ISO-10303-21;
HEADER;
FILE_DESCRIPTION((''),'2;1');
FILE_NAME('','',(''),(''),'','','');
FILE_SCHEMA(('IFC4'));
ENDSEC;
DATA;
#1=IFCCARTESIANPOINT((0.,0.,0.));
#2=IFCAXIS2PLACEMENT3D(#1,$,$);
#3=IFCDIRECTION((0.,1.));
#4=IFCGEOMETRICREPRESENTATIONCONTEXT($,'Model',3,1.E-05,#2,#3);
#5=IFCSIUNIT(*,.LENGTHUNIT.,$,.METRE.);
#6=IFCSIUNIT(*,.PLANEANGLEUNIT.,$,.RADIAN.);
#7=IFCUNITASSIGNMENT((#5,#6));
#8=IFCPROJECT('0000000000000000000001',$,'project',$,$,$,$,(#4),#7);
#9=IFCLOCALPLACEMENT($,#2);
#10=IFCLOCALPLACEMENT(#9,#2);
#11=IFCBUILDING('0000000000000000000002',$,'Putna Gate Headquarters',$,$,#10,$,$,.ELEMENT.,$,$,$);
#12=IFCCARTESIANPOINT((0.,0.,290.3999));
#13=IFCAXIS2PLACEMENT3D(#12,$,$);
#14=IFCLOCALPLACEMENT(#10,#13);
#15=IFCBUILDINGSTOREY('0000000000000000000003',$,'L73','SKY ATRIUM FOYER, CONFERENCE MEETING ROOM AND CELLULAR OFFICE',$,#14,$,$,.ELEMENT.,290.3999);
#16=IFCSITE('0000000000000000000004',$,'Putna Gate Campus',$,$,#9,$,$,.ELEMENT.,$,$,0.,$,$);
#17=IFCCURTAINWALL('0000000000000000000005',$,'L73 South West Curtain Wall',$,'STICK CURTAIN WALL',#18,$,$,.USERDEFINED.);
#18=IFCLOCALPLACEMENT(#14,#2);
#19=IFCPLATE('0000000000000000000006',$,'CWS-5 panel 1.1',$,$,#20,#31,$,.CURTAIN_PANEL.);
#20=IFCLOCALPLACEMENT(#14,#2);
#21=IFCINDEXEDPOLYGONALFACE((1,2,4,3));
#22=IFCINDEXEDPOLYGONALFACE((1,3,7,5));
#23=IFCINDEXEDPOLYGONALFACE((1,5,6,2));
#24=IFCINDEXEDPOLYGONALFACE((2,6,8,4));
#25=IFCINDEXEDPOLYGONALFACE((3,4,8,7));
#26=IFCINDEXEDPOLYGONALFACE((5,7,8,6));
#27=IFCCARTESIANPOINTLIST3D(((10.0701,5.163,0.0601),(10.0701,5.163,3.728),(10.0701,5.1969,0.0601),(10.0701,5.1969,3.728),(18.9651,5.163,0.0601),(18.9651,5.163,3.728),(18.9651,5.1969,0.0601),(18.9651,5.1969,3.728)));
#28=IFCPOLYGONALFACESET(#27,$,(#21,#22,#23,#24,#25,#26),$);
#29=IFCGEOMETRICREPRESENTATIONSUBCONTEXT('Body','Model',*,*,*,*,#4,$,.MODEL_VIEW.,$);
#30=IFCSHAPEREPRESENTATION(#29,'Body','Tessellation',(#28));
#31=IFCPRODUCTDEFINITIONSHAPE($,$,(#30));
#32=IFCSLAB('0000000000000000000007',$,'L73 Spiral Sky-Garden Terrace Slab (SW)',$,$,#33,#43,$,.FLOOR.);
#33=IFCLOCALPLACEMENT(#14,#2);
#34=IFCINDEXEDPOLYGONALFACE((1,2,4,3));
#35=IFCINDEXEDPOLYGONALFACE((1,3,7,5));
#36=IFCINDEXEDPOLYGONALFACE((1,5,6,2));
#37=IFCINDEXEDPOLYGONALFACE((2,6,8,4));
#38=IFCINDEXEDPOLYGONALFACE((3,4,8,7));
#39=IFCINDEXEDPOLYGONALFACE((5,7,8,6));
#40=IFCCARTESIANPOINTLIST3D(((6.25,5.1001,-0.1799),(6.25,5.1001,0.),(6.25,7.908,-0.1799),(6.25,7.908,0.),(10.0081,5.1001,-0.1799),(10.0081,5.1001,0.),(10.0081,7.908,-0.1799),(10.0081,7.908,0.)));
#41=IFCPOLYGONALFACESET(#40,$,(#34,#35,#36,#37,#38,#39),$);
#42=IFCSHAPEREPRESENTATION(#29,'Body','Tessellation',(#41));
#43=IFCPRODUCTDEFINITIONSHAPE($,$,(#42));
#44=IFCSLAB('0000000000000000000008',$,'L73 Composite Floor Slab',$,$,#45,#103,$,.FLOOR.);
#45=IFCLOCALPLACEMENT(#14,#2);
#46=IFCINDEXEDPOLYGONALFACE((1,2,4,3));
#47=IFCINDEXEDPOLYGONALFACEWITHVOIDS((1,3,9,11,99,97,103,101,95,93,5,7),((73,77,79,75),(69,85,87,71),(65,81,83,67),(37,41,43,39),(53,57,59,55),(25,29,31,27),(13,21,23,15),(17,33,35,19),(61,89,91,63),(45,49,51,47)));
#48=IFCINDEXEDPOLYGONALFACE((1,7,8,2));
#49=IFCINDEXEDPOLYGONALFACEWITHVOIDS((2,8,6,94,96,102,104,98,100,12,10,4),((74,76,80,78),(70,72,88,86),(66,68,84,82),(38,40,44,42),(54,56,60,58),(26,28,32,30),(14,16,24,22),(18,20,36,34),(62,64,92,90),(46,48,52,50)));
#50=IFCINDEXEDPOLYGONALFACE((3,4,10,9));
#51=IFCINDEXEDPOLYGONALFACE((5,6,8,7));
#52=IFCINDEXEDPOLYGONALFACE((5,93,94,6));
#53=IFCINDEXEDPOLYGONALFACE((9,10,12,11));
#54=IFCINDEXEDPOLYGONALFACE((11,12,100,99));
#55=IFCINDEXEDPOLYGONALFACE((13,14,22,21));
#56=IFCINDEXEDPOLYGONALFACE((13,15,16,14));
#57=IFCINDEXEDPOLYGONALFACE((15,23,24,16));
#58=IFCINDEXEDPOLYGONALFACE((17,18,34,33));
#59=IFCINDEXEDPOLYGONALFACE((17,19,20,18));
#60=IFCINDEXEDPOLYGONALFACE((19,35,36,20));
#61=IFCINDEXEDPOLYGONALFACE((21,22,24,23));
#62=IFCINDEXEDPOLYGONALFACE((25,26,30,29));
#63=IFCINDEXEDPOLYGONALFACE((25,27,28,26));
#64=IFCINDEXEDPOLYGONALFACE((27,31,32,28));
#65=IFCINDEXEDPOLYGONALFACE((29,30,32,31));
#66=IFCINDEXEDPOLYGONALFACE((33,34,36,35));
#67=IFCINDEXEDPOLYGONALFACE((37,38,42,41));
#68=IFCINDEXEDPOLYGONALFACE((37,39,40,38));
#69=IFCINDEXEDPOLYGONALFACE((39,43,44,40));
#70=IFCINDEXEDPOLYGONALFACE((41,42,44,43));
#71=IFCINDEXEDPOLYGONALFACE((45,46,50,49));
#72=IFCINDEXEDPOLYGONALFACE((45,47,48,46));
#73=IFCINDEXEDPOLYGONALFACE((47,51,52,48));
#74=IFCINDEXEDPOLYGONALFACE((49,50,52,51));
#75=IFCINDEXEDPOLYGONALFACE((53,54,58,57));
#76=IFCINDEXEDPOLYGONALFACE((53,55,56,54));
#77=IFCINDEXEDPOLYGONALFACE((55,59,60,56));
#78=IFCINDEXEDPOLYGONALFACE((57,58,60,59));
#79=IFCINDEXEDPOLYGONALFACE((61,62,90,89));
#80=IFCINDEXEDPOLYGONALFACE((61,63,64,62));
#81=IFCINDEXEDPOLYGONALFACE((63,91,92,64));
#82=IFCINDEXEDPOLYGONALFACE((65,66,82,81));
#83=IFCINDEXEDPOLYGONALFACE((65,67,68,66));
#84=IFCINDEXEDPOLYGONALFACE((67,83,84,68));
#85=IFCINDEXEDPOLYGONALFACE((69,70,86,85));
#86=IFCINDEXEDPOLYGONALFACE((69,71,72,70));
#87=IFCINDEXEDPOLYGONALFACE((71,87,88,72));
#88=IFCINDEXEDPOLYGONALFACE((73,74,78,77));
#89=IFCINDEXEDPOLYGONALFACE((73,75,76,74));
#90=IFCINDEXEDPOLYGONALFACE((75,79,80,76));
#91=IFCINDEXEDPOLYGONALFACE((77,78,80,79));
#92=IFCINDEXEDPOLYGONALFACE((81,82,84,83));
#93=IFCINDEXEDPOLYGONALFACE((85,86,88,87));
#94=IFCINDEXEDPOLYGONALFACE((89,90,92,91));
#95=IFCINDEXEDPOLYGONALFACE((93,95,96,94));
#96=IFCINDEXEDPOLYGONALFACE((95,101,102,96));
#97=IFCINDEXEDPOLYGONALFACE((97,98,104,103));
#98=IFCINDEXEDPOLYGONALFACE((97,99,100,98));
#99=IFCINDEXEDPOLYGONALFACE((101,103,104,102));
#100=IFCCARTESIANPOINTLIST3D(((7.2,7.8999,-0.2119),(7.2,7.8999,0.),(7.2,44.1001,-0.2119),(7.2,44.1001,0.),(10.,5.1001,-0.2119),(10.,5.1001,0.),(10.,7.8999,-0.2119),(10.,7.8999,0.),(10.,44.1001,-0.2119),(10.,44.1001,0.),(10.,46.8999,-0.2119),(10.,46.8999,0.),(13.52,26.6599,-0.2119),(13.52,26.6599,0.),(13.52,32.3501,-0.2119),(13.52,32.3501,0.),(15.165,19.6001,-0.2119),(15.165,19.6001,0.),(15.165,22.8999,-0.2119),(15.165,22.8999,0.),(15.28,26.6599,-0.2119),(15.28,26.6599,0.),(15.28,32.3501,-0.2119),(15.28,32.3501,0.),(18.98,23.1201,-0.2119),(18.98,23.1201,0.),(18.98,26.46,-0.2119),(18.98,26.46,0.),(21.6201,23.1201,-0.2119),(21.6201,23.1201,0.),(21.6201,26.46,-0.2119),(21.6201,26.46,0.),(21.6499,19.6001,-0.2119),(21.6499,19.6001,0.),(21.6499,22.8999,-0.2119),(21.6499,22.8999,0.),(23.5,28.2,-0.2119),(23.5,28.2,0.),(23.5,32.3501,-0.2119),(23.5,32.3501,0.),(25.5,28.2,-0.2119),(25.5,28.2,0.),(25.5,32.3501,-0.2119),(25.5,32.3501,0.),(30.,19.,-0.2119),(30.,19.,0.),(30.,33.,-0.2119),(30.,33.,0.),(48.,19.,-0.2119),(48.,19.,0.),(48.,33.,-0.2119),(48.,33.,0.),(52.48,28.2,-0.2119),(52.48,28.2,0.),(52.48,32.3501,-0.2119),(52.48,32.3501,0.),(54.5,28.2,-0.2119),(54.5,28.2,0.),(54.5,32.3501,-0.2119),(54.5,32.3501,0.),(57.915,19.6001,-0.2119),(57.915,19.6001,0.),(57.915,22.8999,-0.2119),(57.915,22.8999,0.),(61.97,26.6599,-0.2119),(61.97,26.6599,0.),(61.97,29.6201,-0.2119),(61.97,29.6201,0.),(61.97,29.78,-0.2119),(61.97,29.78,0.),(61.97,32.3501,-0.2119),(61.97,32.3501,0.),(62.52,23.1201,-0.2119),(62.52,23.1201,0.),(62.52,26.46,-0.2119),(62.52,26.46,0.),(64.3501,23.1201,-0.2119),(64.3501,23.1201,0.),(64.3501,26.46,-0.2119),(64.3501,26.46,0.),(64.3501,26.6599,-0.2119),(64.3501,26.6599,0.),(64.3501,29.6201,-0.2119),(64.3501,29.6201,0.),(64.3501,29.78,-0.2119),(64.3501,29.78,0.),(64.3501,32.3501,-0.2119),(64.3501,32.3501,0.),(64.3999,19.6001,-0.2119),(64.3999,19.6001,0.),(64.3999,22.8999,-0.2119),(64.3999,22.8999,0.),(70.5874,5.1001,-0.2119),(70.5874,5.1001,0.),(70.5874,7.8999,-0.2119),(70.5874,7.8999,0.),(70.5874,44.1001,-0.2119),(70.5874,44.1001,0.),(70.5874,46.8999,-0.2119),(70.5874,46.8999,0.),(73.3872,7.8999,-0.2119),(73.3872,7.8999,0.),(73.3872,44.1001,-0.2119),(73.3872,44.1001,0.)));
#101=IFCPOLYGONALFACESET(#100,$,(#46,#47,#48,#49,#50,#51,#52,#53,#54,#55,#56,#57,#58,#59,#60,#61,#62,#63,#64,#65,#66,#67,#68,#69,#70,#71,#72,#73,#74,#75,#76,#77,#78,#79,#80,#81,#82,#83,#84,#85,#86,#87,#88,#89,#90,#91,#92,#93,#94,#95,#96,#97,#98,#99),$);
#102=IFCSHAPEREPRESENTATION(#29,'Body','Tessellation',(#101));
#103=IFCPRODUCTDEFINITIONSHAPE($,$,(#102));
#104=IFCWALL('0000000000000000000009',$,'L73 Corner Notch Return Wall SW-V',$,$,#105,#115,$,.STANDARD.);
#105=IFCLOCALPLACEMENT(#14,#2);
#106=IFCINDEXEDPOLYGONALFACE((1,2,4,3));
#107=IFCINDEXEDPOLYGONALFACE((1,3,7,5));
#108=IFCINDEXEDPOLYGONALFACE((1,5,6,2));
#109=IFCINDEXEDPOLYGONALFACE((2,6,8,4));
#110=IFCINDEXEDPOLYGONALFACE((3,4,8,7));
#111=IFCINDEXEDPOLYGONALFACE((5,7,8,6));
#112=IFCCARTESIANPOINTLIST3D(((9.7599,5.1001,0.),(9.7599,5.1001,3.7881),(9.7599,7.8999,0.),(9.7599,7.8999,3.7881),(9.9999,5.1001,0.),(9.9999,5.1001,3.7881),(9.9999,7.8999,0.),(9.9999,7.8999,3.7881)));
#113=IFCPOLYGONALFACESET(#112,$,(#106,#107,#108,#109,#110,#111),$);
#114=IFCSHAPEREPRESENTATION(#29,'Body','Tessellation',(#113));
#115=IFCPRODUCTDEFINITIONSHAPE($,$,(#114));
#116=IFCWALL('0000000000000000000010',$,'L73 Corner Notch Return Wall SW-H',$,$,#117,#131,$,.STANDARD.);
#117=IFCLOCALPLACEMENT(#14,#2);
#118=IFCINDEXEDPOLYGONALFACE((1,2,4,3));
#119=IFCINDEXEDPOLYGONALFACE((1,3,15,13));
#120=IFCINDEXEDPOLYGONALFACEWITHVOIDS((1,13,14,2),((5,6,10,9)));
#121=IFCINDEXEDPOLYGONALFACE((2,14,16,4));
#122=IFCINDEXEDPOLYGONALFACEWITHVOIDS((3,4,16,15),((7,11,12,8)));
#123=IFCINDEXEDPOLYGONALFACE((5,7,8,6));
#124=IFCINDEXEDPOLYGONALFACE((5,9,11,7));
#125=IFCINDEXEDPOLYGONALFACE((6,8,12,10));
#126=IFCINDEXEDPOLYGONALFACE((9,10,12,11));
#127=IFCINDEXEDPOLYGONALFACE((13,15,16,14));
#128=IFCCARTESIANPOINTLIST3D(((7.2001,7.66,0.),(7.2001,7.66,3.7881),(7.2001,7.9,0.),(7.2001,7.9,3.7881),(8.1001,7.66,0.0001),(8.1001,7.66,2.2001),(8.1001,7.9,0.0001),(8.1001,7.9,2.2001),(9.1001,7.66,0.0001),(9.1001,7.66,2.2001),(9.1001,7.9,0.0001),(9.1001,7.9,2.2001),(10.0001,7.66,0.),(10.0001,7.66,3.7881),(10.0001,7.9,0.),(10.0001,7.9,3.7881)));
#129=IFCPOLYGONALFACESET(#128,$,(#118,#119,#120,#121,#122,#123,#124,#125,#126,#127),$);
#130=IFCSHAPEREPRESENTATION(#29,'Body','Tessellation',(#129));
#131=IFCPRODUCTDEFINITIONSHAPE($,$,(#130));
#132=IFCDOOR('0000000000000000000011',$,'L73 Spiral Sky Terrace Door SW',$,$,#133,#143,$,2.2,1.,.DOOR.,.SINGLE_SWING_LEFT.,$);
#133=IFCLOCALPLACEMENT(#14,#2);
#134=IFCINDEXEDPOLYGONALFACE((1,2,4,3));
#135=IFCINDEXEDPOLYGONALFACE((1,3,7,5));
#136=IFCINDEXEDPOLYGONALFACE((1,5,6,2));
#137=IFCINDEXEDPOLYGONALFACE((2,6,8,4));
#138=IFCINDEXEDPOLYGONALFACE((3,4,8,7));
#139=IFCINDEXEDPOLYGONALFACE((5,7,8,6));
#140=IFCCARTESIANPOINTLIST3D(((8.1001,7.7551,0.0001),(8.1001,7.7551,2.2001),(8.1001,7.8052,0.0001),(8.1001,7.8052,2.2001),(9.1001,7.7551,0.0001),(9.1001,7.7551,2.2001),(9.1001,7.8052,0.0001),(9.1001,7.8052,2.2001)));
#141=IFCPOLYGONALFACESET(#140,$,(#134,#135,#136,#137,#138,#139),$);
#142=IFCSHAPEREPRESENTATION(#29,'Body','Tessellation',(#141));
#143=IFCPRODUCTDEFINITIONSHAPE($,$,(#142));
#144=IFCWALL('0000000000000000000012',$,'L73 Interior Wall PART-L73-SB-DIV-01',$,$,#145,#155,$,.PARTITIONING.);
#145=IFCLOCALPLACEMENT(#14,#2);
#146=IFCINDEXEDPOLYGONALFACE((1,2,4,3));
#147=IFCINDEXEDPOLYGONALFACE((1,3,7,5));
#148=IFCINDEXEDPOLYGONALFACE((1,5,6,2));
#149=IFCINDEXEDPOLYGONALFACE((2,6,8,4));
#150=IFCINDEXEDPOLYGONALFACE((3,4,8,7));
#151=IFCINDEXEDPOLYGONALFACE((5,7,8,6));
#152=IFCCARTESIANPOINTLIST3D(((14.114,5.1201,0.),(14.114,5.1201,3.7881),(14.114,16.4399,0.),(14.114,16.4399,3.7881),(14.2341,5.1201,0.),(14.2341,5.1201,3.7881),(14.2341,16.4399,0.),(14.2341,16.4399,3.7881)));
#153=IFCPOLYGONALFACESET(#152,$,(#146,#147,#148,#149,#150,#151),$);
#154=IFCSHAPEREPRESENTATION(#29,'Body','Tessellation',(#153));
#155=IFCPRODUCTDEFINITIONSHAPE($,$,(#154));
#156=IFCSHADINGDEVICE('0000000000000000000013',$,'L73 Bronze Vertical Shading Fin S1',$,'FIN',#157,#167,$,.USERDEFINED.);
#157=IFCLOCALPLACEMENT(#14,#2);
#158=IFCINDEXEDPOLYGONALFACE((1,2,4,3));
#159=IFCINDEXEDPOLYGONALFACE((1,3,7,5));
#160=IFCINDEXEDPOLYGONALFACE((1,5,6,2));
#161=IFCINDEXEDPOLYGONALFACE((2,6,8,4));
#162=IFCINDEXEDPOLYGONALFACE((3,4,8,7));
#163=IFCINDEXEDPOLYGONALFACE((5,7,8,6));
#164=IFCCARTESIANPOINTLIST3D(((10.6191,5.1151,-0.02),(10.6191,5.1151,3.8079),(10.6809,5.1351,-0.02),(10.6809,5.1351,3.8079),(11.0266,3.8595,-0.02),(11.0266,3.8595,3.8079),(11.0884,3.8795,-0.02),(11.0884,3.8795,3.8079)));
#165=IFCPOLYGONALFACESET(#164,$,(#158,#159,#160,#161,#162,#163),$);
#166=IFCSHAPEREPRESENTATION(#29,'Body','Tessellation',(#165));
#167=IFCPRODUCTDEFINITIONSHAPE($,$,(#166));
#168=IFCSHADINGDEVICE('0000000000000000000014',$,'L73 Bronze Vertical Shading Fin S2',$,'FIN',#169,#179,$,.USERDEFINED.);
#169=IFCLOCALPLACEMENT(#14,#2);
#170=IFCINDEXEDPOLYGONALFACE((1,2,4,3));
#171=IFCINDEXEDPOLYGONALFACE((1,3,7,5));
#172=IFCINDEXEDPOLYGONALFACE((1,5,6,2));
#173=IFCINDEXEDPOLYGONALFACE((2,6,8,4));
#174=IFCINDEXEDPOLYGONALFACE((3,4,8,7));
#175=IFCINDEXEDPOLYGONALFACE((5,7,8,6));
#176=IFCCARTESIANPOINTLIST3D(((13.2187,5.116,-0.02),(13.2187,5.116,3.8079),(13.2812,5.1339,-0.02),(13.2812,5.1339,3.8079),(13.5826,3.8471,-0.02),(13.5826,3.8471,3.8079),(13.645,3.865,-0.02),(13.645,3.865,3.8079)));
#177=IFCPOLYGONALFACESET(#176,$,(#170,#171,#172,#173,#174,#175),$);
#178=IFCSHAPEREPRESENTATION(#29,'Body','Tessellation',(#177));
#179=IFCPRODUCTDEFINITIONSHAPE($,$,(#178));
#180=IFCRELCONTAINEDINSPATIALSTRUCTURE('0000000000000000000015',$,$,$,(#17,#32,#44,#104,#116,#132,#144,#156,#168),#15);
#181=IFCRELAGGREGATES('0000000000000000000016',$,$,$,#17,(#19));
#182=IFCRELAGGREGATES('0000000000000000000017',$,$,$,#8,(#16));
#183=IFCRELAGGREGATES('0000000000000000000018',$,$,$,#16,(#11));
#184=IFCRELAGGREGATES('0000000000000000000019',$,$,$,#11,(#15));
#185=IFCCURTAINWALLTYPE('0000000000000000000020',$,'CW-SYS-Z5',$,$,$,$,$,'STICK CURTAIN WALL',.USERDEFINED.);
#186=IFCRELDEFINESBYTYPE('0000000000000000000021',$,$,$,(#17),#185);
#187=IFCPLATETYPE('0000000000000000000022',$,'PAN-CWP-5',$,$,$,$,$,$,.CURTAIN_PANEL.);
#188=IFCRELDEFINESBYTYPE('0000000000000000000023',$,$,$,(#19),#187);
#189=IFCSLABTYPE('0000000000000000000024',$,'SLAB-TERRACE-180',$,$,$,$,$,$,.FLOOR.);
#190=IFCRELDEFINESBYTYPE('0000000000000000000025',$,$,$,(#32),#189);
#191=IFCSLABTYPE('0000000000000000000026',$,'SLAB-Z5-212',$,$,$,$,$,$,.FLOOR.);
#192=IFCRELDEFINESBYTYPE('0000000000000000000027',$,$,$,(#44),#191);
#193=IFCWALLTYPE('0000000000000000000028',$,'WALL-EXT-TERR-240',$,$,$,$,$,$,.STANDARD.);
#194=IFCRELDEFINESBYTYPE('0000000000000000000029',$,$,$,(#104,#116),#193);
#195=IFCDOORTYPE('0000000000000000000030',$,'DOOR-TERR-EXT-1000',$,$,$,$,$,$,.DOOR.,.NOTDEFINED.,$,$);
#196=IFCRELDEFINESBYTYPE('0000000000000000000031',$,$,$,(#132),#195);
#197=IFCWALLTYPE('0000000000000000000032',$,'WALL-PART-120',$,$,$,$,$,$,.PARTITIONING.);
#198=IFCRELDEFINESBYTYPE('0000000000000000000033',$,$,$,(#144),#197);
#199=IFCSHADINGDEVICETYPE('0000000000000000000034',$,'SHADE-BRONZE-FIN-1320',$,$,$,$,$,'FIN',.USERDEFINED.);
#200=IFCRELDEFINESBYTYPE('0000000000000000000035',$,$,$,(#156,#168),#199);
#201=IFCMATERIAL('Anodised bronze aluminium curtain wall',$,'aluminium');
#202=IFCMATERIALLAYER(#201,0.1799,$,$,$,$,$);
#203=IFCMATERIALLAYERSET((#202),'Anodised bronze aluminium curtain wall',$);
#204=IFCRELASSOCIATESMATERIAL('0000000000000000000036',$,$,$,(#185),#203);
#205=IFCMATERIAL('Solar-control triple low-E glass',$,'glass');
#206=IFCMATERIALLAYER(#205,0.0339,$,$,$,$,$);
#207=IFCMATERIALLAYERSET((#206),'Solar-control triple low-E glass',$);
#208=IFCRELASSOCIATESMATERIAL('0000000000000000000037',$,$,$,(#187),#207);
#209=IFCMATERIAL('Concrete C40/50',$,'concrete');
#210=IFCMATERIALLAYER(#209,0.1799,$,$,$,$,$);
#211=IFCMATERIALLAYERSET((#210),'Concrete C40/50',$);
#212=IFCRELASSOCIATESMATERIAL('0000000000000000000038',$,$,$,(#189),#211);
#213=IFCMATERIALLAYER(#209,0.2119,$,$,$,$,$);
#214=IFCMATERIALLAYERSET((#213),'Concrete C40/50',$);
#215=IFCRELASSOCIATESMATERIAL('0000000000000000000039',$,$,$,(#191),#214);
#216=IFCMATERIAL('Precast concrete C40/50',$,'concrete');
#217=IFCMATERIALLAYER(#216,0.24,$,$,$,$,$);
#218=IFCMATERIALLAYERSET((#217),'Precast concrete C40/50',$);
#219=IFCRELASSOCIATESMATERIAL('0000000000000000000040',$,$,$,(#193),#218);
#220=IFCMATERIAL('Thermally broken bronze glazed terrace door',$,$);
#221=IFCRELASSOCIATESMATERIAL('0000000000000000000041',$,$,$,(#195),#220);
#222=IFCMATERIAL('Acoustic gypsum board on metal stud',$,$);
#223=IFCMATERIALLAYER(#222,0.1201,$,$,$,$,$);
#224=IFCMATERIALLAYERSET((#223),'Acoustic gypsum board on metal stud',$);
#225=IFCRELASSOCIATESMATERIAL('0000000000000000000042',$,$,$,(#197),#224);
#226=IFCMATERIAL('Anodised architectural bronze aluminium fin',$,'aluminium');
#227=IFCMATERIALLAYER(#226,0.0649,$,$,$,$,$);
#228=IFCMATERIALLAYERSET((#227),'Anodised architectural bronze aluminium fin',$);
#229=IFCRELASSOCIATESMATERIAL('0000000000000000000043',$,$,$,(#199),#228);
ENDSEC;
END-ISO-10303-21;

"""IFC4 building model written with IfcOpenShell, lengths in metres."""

from ifc_helpers import new_model, si_unit, direction, frame, frame_2d, origin, origin_2d, place, context, subcontext, project, spatial, polyline, rectangle, outline, extrude, material, layer, layer_set, type_object, element, fill, aggregate, save


model = new_model("IFC4")

# Units and contexts
model_context = context("Model", 3, precision=1e-05, world=origin(), true_north=direction((0.0, 1.0)))
body_context = subcontext(model_context, "Body", "Model", "MODEL_VIEW")
ifc_project = project(units=[si_unit("LENGTHUNIT", "METRE"), si_unit("PLANEANGLEUNIT", "RADIAN")], contexts=[model_context])

# Site, building, storey
site_placement = place(None, origin())
site = spatial("IfcSite", under=ifc_project, at=site_placement, Name="Putna Gate Campus", CompositionType="ELEMENT", RefElevation=0.0)
building_placement = place(site_placement, origin())
building = spatial("IfcBuilding", under=site, at=building_placement, Name="Putna Gate Headquarters", CompositionType="ELEMENT")
storey_placement = place(building_placement, frame((0.0, 0.0, 290.3999)))
storey = spatial("IfcBuildingStorey", under=building, at=storey_placement, Name="L73", Description="SKY ATRIUM FOYER, CONFERENCE MEETING ROOM AND CELLULAR OFFICE", CompositionType="ELEMENT", Elevation=290.3999)

# Curtain wall
ifc_material_1 = material(Name="Anodised bronze aluminium curtain wall", Category="aluminium")
ifc_layer_1 = layer(ifc_material_1, 0.1799)
ifc_layer_set_1 = layer_set([ifc_layer_1], Name="Anodised bronze aluminium curtain wall")
curtain_wall_type = type_object("IfcCurtainWallType", Name="CW-SYS-Z5", ElementType="STICK CURTAIN WALL", PredefinedType="USERDEFINED", material=ifc_layer_set_1)
curtain_wall_1_placement = place(storey_placement, origin())
curtain_wall_1 = element("IfcCurtainWall", 1, at=curtain_wall_1_placement, inside=storey, type_object=curtain_wall_type, Name="L73 South West Curtain Wall", ObjectType="STICK CURTAIN WALL", PredefinedType="USERDEFINED")

# Shared definitions
ifc_material_2 = material(Name="Concrete C40/50", Category="concrete")

# Plate
ifc_material_3 = material(Name="Solar-control triple low-E glass", Category="glass")
ifc_layer_2 = layer(ifc_material_3, 0.0339)
ifc_layer_set_2 = layer_set([ifc_layer_2], Name="Solar-control triple low-E glass")
plate_type = type_object("IfcPlateType", Name="PAN-CWP-5", PredefinedType="CURTAIN_PANEL", material=ifc_layer_set_2)
plate_placement = place(storey_placement, frame((14.5176, 5.1799, 0.0601), z_axis=(0.0, 0.0, 1.0), x_axis=(1.0, 0.0, 0.0)))
plate = element("IfcPlate", 2, at=plate_placement, type_object=plate_type, Name="CWS-5 panel 1.1", PredefinedType="CURTAIN_PANEL", context=body_context, shape_type="SweptSolid", body=[
    extrude(rectangle(XDim=8.895, YDim=0.0339, at=origin_2d()), origin(), (0.0, 0.0, 1.0), 3.668),
])
aggregate(curtain_wall_1, [plate])

# Slabs
ifc_layer_3 = layer(ifc_material_2, 0.1799)
ifc_layer_set_3 = layer_set([ifc_layer_3], Name="Concrete C40/50")
slab_type_1 = type_object("IfcSlabType", Name="SLAB-TERRACE-180", PredefinedType="FLOOR", material=ifc_layer_set_3)
slab_1_placement = place(storey_placement, frame((0.0, 0.0, -0.1799)))
element("IfcSlab", 3, at=slab_1_placement, inside=storey, type_object=slab_type_1, Name="L73 Spiral Sky-Garden Terrace Slab (SW)", PredefinedType="FLOOR", context=body_context, shape_type="SweptSolid", body=[
    extrude(outline(polyline([(6.25, 5.1001), (10.0081, 5.1001), (10.0081, 7.908), (6.25, 7.908), (6.25, 5.1001)])), origin(), (0.0, 0.0, 1.0), 0.1799),
])
ifc_layer_4 = layer(ifc_material_2, 0.2119)
ifc_layer_set_4 = layer_set([ifc_layer_4], Name="Concrete C40/50")
slab_type_2 = type_object("IfcSlabType", Name="SLAB-Z5-212", PredefinedType="FLOOR", material=ifc_layer_set_4)
slab_2_placement = place(storey_placement, frame((0.0, 0.0, -0.2119)))
element("IfcSlab", 4, at=slab_2_placement, inside=storey, type_object=slab_type_2, Name="L73 Composite Floor Slab", PredefinedType="FLOOR", context=body_context, shape_type="SweptSolid", body=[
    extrude(outline(polyline([(10.0, 5.1001), (70.5874, 5.1001), (70.5874, 7.8999), (73.3872, 7.8999), (73.3872, 44.1001), (70.5874, 44.1001), (70.5874, 46.8999), (10.0, 46.8999), (10.0, 44.1001), (7.2, 44.1001), (7.2, 7.8999), (10.0, 7.8999), (10.0, 5.1001)]), holes=[polyline([(15.165, 19.6001), (21.6499, 19.6001), (21.6499, 22.8999), (15.165, 22.8999), (15.165, 19.6001)]), polyline([(57.915, 19.6001), (64.3999, 19.6001), (64.3999, 22.8999), (57.915, 22.8999), (57.915, 19.6001)]), polyline([(13.52, 26.6599), (15.28, 26.6599), (15.28, 32.3501), (13.52, 32.3501), (13.52, 26.6599)]), polyline([(61.97, 29.78), (64.3501, 29.78), (64.3501, 32.3501), (61.97, 32.3501), (61.97, 29.78)]), polyline([(18.98, 23.1201), (21.6201, 23.1201), (21.6201, 26.46), (18.98, 26.46), (18.98, 23.1201)]), polyline([(62.52, 23.1201), (64.3501, 23.1201), (64.3501, 26.46), (62.52, 26.46), (62.52, 23.1201)]), polyline([(61.97, 26.6599), (64.3501, 26.6599), (64.3501, 29.6201), (61.97, 29.6201), (61.97, 26.6599)]), polyline([(23.5, 28.2), (25.5, 28.2), (25.5, 32.3501), (23.5, 32.3501), (23.5, 28.2)]), polyline([(52.48, 28.2), (54.5, 28.2), (54.5, 32.3501), (52.48, 32.3501), (52.48, 28.2)]), polyline([(30.0, 19.0), (48.0, 19.0), (48.0, 33.0), (30.0, 33.0), (30.0, 19.0)])]), origin(), (0.0, 0.0, 1.0), 0.2119),
])

# Wall
ifc_material_4 = material(Name="Precast concrete C40/50", Category="concrete")
ifc_layer_5 = layer(ifc_material_4, 0.24)
ifc_layer_set_5 = layer_set([ifc_layer_5], Name="Precast concrete C40/50")
wall_type_1 = type_object("IfcWallType", Name="WALL-EXT-TERR-240", PredefinedType="STANDARD", material=ifc_layer_set_5)
wall_1_placement = place(storey_placement, frame((9.8799, 5.1001, 0.0), z_axis=(0.0, 0.0, 1.0), x_axis=(0.0, 1.0, 0.0)))
element("IfcWall", 5, at=wall_1_placement, inside=storey, type_object=wall_type_1, Name="L73 Corner Notch Return Wall SW-V", PredefinedType="STANDARD", context=body_context, shape_type="SweptSolid", body=[
    extrude(rectangle(XDim=2.7998, YDim=0.24, at=frame_2d((1.3999, 0.0))), origin(), (0.0, 0.0, 1.0), 3.7881),
])

# Wall, opening, door
wall_2_placement = place(storey_placement, frame((10.0, 7.78, 0.0), z_axis=(0.0, 0.0, 1.0), x_axis=(-1.0, 0.0, 0.0)))
wall_2 = element("IfcWall", 6, at=wall_2_placement, inside=storey, type_object=wall_type_1, Name="L73 Corner Notch Return Wall SW-H", PredefinedType="STANDARD", context=body_context, shape_type="SweptSolid", body=[
    extrude(rectangle(XDim=2.8, YDim=0.24, at=frame_2d((1.3999, 0.0))), origin(), (0.0, 0.0, 1.0), 3.7881),
])
opening_placement = place(wall_2_placement, frame((0.8999, 0.0, 0.0)))
opening = element("IfcOpeningElement", 7, at=opening_placement, cuts=wall_2, PredefinedType="OPENING", context=body_context, shape_type="SweptSolid", body=[
    extrude(rectangle(XDim=1.0, YDim=2.2, at=frame_2d((0.5, 1.1001))), frame((0.0, 0.1299, 0.0), z_axis=(0.0, -1.0, 0.0), x_axis=(1.0, 0.0, 0.0)), (0.0, 0.0, 1.0), 0.26),
])
ifc_material_5 = material(Name="Thermally broken bronze glazed terrace door")
door_type = type_object("IfcDoorType", Name="DOOR-TERR-EXT-1000", OperationType="NOTDEFINED", PredefinedType="DOOR", material=ifc_material_5)
door_placement = place(opening_placement, origin())
door = element("IfcDoor", 8, at=door_placement, inside=storey, type_object=door_type, Name="L73 Spiral Sky Terrace Door SW", OperationType="SINGLE_SWING_LEFT", OverallHeight=2.2, OverallWidth=1.0, PredefinedType="DOOR", context=body_context, shape_type="SweptSolid", body=[
    extrude(rectangle(XDim=1.0, YDim=2.2, at=frame_2d((0.5, 1.1001))), frame((0.0, 0.0249, 0.0), z_axis=(0.0, -1.0, 0.0), x_axis=(1.0, 0.0, 0.0)), (0.0, 0.0, 1.0), 0.05),
])
fill(opening, door)

# Wall
ifc_material_6 = material(Name="Acoustic gypsum board on metal stud")
ifc_layer_6 = layer(ifc_material_6, 0.1201)
ifc_layer_set_6 = layer_set([ifc_layer_6], Name="Acoustic gypsum board on metal stud")
wall_type_2 = type_object("IfcWallType", Name="WALL-PART-120", PredefinedType="PARTITIONING", material=ifc_layer_set_6)
wall_3_placement = place(storey_placement, frame((14.1741, 5.1201, 0.0), z_axis=(0.0, 0.0, 1.0), x_axis=(0.0, 1.0, 0.0)))
element("IfcWall", 9, at=wall_3_placement, inside=storey, type_object=wall_type_2, Name="L73 Interior Wall PART-L73-SB-DIV-01", PredefinedType="PARTITIONING", context=body_context, shape_type="SweptSolid", body=[
    extrude(rectangle(XDim=11.3198, YDim=0.1201, at=frame_2d((5.6599, 0.0))), origin(), (0.0, 0.0, 1.0), 3.7881),
])

# Shading devices
ifc_material_7 = material(Name="Anodised architectural bronze aluminium fin", Category="aluminium")
ifc_layer_7 = layer(ifc_material_7, 0.0649)
ifc_layer_set_7 = layer_set([ifc_layer_7], Name="Anodised architectural bronze aluminium fin")
shading_device_type_1 = type_object("IfcShadingDeviceType", Name="SHADE-BRONZE-FIN-1320", ElementType="FIN", PredefinedType="USERDEFINED", material=ifc_layer_set_7)
for number, where, z_axis, x_axis, name in (
    (10, (10.8538, 4.4973, -0.02), (0.0, 0.0, 1.0), (0.308685, -0.951164, 0.0), "L73 Bronze Vertical Shading Fin S1"),
    (11, (13.4319, 4.4905, -0.02), (0.0, 0.0, 1.0), (0.275637, -0.961262, 0.0), "L73 Bronze Vertical Shading Fin S2"),
):
    element("IfcShadingDevice", number, at=place(storey_placement, frame(where, z_axis=z_axis, x_axis=x_axis)), inside=storey, type_object=shading_device_type_1, Name=name, ObjectType="FIN", PredefinedType="USERDEFINED", context=body_context, shape_type="SweptSolid", body=[
        extrude(rectangle(XDim=1.3201, YDim=0.0649, at=origin_2d()), origin(), (0.0, 0.0, 1.0), 3.8279),
    ])

save(model, "model.ifc")
